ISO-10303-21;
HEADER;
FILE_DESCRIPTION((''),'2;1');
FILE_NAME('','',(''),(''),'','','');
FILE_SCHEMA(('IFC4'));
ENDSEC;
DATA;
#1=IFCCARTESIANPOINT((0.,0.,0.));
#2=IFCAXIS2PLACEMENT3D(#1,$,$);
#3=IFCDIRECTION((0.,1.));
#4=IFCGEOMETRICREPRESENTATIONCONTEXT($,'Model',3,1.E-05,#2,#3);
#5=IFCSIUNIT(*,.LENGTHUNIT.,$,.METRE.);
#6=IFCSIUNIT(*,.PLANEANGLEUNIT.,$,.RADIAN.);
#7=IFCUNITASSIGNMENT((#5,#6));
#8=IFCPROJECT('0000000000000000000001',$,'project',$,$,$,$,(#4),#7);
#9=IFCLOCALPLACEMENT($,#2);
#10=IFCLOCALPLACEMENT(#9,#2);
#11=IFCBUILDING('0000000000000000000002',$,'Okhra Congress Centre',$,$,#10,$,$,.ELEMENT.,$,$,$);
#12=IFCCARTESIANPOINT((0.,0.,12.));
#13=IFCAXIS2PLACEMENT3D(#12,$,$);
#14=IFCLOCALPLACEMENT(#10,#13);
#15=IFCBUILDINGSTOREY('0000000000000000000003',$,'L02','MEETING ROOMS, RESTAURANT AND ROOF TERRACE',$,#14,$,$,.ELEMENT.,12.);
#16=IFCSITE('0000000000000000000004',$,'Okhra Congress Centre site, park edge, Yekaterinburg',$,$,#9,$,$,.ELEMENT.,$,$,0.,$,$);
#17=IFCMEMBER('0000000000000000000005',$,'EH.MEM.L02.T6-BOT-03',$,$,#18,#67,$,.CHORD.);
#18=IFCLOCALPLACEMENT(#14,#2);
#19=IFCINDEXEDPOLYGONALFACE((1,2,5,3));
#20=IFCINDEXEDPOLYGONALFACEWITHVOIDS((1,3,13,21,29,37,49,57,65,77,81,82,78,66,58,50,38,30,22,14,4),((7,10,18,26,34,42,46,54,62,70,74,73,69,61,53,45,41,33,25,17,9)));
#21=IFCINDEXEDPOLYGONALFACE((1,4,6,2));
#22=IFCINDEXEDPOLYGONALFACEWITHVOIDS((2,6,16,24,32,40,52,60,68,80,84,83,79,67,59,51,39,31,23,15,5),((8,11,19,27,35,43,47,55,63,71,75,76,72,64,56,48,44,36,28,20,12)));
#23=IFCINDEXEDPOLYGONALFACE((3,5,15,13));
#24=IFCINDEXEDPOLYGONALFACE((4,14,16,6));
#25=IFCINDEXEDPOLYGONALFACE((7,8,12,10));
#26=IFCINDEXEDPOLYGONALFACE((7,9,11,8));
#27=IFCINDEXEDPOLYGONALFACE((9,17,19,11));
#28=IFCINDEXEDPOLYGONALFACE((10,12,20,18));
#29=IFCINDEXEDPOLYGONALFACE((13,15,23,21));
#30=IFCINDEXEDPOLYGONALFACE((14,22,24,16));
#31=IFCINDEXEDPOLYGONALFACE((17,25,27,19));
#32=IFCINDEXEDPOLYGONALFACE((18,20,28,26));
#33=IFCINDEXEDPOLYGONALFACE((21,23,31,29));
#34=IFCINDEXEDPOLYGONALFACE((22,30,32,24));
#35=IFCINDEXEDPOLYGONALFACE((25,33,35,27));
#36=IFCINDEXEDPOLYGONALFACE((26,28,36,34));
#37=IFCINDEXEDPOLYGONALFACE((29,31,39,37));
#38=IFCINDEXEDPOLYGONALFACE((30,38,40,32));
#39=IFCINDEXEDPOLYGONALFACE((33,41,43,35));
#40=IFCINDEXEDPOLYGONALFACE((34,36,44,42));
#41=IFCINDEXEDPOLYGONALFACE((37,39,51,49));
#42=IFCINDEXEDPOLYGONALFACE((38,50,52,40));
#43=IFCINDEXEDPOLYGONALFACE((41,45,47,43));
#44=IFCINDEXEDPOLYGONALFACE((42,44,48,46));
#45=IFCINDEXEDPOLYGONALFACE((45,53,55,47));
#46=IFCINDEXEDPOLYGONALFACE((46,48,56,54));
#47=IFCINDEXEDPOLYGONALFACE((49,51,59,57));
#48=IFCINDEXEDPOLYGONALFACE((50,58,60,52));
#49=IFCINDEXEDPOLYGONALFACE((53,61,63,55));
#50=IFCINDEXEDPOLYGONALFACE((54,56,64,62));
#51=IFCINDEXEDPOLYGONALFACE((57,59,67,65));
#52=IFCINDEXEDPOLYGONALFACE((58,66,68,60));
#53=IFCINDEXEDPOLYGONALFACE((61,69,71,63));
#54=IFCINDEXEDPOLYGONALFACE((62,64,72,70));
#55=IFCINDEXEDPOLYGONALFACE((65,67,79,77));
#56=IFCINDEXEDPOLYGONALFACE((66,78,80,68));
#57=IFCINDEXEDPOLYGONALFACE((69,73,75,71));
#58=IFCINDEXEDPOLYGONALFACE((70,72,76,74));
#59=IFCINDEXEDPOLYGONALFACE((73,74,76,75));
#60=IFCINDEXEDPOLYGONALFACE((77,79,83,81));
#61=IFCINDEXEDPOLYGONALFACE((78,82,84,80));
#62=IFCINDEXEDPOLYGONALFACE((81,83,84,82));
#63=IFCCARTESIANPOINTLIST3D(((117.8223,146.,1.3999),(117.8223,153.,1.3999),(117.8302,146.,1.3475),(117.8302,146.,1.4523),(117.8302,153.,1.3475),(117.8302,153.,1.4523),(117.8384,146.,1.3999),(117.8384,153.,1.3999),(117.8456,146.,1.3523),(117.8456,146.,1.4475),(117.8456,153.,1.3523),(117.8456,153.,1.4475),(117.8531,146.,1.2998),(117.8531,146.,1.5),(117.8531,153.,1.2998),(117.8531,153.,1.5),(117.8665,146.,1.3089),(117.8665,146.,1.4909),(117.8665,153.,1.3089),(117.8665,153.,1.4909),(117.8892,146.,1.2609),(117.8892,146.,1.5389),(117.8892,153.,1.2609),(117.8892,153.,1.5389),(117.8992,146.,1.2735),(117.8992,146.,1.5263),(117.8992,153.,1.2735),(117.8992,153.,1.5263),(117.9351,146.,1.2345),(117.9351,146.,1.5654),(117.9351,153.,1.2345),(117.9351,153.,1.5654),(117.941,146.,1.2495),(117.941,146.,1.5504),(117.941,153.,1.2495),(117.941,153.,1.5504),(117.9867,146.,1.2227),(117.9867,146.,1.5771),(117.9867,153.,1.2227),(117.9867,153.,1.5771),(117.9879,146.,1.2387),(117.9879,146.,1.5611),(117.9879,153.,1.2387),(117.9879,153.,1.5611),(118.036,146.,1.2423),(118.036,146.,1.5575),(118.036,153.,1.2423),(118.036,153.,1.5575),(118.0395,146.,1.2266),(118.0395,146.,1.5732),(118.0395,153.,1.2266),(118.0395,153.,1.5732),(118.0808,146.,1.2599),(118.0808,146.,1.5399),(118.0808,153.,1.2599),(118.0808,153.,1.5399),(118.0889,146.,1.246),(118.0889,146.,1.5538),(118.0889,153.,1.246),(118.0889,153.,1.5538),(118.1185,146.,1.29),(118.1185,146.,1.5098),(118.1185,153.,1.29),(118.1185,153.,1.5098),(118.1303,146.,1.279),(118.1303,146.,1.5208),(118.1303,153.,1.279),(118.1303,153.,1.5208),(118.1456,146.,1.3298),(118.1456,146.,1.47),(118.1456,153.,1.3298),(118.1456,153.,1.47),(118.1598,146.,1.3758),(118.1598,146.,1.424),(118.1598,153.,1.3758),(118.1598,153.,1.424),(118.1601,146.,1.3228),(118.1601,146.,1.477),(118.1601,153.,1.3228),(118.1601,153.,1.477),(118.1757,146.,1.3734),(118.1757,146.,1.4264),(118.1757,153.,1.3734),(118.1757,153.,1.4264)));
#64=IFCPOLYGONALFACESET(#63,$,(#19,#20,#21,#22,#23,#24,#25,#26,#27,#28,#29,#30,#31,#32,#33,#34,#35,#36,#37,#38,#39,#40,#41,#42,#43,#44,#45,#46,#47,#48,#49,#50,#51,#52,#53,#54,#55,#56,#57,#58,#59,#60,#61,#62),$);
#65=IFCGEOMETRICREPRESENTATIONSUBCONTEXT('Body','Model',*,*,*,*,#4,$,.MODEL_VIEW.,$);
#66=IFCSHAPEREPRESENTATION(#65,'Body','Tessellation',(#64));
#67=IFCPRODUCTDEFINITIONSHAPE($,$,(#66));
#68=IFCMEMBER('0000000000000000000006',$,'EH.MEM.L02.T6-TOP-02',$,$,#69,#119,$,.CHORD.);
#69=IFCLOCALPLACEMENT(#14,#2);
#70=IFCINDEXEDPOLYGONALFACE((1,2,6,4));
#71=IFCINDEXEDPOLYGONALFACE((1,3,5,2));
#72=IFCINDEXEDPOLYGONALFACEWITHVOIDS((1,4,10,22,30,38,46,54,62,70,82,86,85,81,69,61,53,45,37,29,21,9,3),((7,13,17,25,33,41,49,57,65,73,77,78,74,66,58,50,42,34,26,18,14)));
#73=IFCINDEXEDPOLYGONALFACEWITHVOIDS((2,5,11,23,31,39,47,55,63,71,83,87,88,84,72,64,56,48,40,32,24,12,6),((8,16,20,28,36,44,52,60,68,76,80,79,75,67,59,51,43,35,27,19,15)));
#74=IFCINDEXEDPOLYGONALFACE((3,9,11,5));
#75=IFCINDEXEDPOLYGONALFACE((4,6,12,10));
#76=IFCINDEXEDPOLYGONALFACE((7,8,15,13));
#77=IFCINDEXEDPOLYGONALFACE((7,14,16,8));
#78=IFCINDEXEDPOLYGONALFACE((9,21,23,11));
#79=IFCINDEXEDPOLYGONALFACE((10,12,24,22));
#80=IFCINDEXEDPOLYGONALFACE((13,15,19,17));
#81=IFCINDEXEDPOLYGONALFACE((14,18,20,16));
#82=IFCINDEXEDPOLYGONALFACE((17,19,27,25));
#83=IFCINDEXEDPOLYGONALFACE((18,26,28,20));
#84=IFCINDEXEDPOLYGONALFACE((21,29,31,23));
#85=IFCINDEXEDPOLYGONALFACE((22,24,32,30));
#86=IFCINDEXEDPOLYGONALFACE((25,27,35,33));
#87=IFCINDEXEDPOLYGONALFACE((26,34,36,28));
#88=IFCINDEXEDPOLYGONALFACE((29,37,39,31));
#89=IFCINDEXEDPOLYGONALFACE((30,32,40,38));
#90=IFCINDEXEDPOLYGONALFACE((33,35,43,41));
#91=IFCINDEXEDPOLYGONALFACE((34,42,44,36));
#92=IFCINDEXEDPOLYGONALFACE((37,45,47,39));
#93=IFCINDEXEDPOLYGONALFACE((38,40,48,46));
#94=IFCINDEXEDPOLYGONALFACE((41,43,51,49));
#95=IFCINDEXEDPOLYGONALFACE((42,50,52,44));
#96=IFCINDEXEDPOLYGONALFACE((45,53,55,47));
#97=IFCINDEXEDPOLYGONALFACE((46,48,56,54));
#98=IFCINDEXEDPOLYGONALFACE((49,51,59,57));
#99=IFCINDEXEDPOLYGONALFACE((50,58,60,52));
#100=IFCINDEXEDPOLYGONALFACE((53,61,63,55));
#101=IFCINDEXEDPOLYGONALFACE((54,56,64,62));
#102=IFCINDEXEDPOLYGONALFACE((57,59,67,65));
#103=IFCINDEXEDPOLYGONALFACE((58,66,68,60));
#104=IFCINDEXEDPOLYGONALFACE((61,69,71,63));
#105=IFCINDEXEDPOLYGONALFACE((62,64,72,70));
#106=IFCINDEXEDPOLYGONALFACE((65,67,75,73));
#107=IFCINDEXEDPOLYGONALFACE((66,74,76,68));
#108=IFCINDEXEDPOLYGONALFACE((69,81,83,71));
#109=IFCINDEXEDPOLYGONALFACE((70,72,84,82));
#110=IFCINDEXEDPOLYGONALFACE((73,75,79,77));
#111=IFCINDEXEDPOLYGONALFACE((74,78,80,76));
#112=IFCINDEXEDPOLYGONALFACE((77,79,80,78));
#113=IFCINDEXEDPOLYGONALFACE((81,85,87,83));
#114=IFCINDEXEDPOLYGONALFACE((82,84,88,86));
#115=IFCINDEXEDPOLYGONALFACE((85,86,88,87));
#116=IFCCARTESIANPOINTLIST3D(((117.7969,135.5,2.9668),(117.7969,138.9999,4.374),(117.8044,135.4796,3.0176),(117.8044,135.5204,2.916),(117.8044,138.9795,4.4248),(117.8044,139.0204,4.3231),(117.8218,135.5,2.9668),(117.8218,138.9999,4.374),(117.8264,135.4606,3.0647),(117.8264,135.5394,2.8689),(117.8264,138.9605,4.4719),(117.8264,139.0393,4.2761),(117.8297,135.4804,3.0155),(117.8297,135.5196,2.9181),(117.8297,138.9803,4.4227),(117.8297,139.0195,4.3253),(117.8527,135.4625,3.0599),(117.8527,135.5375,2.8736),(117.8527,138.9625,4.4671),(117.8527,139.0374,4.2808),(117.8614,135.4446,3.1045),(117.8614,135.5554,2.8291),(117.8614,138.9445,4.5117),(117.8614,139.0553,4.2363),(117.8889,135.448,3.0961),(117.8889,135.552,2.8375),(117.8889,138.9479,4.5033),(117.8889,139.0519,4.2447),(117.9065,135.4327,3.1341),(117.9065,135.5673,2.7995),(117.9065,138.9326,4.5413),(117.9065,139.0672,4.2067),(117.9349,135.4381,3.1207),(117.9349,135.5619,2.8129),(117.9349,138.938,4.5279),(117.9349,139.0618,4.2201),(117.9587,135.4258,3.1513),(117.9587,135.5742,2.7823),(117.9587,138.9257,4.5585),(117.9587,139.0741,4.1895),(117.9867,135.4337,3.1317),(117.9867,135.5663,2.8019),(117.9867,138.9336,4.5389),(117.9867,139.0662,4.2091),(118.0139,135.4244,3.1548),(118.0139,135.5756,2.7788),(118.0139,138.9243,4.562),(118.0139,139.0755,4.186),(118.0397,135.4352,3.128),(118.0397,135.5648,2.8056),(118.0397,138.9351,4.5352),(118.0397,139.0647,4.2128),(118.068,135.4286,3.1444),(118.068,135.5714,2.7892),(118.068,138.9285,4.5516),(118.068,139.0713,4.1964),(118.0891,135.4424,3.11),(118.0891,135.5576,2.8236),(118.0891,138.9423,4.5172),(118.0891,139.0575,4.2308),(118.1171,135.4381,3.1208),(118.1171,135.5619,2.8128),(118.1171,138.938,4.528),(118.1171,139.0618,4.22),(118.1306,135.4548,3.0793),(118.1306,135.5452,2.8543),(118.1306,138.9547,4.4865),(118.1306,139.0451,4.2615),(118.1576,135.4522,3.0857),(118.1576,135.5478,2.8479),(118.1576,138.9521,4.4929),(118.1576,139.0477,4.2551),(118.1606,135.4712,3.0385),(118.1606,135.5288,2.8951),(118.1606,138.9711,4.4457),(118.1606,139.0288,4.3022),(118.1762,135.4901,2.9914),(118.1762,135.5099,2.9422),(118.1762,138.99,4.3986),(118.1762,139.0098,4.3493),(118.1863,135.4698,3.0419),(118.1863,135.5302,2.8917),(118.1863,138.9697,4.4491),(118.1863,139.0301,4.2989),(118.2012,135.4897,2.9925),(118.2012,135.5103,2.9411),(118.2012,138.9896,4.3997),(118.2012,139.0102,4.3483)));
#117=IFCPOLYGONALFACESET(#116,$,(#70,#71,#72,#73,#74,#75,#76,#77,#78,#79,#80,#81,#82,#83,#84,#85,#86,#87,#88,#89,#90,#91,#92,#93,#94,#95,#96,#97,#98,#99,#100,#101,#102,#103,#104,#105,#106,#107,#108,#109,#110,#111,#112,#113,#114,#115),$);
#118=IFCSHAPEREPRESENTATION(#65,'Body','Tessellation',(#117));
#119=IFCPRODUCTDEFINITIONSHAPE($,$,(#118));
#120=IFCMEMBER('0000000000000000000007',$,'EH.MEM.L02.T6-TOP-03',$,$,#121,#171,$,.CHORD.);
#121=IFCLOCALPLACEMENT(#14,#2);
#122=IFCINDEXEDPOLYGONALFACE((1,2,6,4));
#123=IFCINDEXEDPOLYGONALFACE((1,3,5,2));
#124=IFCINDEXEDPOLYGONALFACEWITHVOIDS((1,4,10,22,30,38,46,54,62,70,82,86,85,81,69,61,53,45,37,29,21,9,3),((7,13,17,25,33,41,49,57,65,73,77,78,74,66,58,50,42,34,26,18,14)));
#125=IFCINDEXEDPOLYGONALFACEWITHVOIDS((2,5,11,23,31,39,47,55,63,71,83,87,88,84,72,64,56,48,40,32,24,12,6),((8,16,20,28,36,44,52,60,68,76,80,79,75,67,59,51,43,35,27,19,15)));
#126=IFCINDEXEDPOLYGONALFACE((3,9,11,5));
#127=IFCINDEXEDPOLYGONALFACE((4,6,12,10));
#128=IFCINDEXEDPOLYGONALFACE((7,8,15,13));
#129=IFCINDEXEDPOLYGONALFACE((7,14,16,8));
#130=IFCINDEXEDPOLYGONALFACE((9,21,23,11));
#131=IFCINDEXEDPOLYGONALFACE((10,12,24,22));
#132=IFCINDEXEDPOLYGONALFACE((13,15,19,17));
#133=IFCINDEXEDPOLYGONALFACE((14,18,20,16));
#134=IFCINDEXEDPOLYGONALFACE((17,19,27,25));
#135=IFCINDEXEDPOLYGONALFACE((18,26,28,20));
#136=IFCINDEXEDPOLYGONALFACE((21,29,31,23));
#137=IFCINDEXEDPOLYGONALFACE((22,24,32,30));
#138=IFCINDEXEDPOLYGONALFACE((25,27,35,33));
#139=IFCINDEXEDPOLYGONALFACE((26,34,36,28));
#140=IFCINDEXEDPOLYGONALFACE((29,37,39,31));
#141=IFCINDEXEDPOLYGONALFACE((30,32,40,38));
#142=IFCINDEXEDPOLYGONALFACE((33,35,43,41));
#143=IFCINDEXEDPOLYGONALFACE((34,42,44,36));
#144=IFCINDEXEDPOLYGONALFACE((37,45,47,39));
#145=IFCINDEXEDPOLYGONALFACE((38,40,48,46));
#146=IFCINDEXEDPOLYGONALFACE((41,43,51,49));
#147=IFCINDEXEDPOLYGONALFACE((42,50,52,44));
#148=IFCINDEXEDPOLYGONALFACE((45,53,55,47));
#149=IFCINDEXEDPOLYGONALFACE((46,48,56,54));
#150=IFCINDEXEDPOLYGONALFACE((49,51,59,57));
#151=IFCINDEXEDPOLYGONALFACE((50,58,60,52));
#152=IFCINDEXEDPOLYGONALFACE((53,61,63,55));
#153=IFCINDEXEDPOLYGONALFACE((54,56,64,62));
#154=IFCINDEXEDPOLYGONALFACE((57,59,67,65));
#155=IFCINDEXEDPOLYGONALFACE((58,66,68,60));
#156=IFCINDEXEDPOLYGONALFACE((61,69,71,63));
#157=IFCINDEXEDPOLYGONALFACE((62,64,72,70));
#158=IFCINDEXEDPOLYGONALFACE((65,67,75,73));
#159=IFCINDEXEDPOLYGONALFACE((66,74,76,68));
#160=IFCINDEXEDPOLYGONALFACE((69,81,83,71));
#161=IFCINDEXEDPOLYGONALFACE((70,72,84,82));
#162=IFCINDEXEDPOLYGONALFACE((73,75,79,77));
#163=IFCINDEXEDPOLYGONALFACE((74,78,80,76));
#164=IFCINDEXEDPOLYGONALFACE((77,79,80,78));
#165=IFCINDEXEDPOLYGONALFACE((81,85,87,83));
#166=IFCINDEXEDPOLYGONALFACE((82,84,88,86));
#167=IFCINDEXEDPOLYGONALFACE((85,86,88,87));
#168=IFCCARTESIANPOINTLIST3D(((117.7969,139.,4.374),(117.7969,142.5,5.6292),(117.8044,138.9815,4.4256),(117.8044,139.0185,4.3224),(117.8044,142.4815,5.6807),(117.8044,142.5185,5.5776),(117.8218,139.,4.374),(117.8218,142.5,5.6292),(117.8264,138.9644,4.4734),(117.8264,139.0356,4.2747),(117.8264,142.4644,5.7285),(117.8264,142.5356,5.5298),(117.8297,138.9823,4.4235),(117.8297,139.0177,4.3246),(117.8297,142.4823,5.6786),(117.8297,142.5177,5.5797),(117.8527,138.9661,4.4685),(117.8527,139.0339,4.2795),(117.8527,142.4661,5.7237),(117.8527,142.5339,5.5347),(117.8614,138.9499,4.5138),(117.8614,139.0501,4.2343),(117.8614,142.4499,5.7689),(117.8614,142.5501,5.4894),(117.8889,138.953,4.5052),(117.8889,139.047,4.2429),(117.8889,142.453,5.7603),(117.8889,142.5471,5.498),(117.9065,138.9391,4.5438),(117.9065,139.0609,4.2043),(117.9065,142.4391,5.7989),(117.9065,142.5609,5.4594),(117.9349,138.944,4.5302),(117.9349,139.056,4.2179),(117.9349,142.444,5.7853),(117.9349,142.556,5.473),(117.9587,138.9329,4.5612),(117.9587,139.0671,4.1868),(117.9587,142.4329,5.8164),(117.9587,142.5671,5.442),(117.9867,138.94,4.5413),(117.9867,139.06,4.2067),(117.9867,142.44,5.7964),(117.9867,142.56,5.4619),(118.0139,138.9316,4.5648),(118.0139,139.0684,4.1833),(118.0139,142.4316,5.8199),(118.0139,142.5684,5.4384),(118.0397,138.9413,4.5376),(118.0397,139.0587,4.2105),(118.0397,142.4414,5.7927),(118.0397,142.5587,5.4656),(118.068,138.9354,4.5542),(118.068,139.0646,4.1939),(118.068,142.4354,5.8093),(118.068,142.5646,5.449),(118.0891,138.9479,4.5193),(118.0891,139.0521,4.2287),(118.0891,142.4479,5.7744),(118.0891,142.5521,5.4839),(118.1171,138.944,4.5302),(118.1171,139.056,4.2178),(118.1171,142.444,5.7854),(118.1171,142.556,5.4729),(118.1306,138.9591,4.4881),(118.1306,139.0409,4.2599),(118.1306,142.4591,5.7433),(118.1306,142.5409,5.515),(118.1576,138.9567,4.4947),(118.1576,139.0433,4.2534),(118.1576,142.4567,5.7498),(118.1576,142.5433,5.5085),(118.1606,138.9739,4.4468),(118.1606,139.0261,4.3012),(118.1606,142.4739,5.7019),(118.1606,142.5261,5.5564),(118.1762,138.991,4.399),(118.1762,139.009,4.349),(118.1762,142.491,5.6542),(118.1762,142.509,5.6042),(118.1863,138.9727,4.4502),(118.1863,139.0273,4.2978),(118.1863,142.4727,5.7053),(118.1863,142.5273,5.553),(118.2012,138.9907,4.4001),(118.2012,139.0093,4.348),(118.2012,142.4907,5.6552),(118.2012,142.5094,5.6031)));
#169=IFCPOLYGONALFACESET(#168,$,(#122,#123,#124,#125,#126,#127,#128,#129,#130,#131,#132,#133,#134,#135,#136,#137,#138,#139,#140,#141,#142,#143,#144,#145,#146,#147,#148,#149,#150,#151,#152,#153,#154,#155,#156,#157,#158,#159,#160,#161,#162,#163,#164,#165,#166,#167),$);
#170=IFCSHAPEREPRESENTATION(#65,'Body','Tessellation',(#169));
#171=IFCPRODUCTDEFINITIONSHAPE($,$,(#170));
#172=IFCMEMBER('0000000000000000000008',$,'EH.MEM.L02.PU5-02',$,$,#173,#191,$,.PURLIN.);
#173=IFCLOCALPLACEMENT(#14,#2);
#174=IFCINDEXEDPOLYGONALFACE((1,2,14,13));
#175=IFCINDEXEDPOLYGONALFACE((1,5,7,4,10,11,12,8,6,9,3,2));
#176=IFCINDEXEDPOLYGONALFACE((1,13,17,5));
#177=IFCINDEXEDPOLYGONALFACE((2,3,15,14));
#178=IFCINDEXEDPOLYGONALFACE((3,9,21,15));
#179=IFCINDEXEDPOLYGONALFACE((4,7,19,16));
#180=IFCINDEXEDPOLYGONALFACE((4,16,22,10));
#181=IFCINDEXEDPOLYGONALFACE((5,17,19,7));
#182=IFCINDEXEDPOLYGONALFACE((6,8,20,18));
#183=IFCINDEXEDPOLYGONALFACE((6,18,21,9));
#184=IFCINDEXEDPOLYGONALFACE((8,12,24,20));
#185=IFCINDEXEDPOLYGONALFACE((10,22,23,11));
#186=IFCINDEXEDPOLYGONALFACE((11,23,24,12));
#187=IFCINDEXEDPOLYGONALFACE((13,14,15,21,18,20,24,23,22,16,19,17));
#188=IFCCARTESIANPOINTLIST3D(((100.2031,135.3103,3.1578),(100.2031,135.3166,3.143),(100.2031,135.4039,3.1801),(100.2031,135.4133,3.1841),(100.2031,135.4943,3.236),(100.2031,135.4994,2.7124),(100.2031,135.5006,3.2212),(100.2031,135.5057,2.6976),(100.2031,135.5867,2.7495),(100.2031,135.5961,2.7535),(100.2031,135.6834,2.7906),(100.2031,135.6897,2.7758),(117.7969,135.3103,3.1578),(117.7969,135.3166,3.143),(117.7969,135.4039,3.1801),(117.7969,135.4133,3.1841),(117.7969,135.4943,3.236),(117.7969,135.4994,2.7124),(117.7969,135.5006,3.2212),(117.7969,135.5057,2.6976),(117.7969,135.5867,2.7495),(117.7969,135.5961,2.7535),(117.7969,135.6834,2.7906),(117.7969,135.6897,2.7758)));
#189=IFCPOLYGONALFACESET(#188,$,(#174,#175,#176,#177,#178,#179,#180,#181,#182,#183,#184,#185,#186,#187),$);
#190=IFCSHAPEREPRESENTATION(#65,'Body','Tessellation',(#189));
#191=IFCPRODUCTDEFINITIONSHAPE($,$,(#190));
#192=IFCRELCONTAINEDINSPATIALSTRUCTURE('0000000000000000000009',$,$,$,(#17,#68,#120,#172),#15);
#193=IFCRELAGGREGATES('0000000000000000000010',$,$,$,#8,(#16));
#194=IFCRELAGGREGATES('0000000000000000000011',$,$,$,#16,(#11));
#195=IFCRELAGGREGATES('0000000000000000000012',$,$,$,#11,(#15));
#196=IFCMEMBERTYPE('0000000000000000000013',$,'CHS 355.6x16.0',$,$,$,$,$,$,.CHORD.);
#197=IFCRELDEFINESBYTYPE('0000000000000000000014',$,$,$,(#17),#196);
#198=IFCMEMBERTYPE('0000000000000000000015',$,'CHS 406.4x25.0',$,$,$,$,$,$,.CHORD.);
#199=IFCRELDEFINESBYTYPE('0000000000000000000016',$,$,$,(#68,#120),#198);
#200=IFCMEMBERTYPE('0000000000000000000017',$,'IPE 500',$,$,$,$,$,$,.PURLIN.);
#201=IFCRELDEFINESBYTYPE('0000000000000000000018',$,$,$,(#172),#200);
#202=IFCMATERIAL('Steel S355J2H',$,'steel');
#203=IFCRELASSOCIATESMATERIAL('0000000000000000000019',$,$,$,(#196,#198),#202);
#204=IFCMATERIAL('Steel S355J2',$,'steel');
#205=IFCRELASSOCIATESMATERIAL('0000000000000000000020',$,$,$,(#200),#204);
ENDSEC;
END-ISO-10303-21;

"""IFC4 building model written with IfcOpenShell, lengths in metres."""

from ifc_helpers import new_model, si_unit, direction, frame, origin, origin_2d, place, context, subcontext, project, spatial, hollow_circle, i_section, extrude, material, material_profile, profile_set, type_object, element, save


model = new_model("IFC4")

# Units and contexts
model_context = context("Model", 3, precision=1e-05, world=origin(), true_north=direction((0.0, 1.0)))
body_context = subcontext(model_context, "Body", "Model", "MODEL_VIEW")
ifc_project = project(units=[si_unit("LENGTHUNIT", "METRE"), si_unit("PLANEANGLEUNIT", "RADIAN")], contexts=[model_context])

# Site, building, storey
site_placement = place(None, origin())
site = spatial("IfcSite", under=ifc_project, at=site_placement, Name="Okhra Congress Centre site, park edge, Yekaterinburg", CompositionType="ELEMENT", RefElevation=0.0)
building_placement = place(site_placement, origin())
building = spatial("IfcBuilding", under=site, at=building_placement, Name="Okhra Congress Centre", CompositionType="ELEMENT")
storey_placement = place(building_placement, frame((0.0, 0.0, 12.0)))
storey = spatial("IfcBuildingStorey", under=building, at=storey_placement, Name="L02", Description="MEETING ROOMS, RESTAURANT AND ROOF TERRACE", CompositionType="ELEMENT", Elevation=12.0)

# Shared definitions
ifc_material_1 = material(Name="Steel S355J2", Category="steel")

# Members
ifc_material_2 = material(Name="Steel S355J2H", Category="steel")
ifc_material_profile_1 = material_profile(ifc_material_2, hollow_circle(Radius=0.1777, WallThickness=0.0161, at=origin_2d()), Name="CHS 355.6x16.0")
ifc_profile_set_1 = profile_set([ifc_material_profile_1], Name="Steel S355J2H")
member_type_1 = type_object("IfcMemberType", Name="CHS 355.6x16.0", PredefinedType="CHORD", material=ifc_profile_set_1)
for number, where, z_axis, x_axis, name in (
    (1, (118.0, 146.0, 1.3999), (0.0, 1.0, 0.0), (-1.0, 0.0, 0.0), "EH.MEM.L02.T6-BOT-03"),
):
    element("IfcMember", number, at=place(storey_placement, frame(where, z_axis=z_axis, x_axis=x_axis)), inside=storey, type_object=member_type_1, Name=name, PredefinedType="CHORD", context=body_context, shape_type="SweptSolid", body=[
        extrude(hollow_circle(Radius=0.1777, WallThickness=0.0161, at=origin_2d()), origin(), (0.0, 0.0, 1.0), 7.0),
    ])
ifc_material_profile_2 = material_profile(ifc_material_2, hollow_circle(Radius=0.2031, WallThickness=0.0249, at=origin_2d()), Name="CHS 406.4x25.0")
ifc_profile_set_2 = profile_set([ifc_material_profile_2], Name="Steel S355J2H")
member_type_2 = type_object("IfcMemberType", Name="CHS 406.4x25.0", PredefinedType="CHORD", material=ifc_profile_set_2)
member_1_placement = place(storey_placement, frame((118.0, 135.5, 2.9668), z_axis=(0.0, 0.927815, 0.373042), x_axis=(-1.0, 0.0, 0.0)))
element("IfcMember", 2, at=member_1_placement, inside=storey, type_object=member_type_2, Name="EH.MEM.L02.T6-TOP-02", PredefinedType="CHORD", context=body_context, shape_type="SweptSolid", body=[
    extrude(hollow_circle(Radius=0.2031, WallThickness=0.0249, at=origin_2d()), origin(), (0.0, 0.0, 1.0), 3.7722),
])
member_2_placement = place(storey_placement, frame((118.0, 139.0, 4.374), z_axis=(0.0, 0.941304, 0.337559), x_axis=(-1.0, 0.0, 0.0)))
element("IfcMember", 3, at=member_2_placement, inside=storey, type_object=member_type_2, Name="EH.MEM.L02.T6-TOP-03", PredefinedType="CHORD", context=body_context, shape_type="SweptSolid", body=[
    extrude(hollow_circle(Radius=0.2031, WallThickness=0.0249, at=origin_2d()), origin(), (0.0, 0.0, 1.0), 3.7183),
])
ifc_material_profile_3 = material_profile(ifc_material_1, i_section(OverallWidth=0.2, OverallDepth=0.5, WebThickness=0.0103, FlangeThickness=0.0161, at=origin_2d()), Name="IPE 500")
ifc_profile_set_3 = profile_set([ifc_material_profile_3], Name="Steel S355J2")
member_type_3 = type_object("IfcMemberType", Name="IPE 500", PredefinedType="PURLIN", material=ifc_profile_set_3)
for number, where, z_axis, x_axis, name in (
    (4, (100.2031, 135.5, 2.9668), (1.0, 0.0, 0.0), (0.0, 0.920437, 0.39089), "EH.MEM.L02.PU5-02"),
):
    element("IfcMember", number, at=place(storey_placement, frame(where, z_axis=z_axis, x_axis=x_axis)), inside=storey, type_object=member_type_3, Name=name, PredefinedType="PURLIN", context=body_context, shape_type="SweptSolid", body=[
        extrude(i_section(OverallWidth=0.2, OverallDepth=0.5, WebThickness=0.0103, FlangeThickness=0.0161, at=origin_2d()), origin(), (0.0, 0.0, 1.0), 17.5938),
    ])

save(model, "model.ifc")
